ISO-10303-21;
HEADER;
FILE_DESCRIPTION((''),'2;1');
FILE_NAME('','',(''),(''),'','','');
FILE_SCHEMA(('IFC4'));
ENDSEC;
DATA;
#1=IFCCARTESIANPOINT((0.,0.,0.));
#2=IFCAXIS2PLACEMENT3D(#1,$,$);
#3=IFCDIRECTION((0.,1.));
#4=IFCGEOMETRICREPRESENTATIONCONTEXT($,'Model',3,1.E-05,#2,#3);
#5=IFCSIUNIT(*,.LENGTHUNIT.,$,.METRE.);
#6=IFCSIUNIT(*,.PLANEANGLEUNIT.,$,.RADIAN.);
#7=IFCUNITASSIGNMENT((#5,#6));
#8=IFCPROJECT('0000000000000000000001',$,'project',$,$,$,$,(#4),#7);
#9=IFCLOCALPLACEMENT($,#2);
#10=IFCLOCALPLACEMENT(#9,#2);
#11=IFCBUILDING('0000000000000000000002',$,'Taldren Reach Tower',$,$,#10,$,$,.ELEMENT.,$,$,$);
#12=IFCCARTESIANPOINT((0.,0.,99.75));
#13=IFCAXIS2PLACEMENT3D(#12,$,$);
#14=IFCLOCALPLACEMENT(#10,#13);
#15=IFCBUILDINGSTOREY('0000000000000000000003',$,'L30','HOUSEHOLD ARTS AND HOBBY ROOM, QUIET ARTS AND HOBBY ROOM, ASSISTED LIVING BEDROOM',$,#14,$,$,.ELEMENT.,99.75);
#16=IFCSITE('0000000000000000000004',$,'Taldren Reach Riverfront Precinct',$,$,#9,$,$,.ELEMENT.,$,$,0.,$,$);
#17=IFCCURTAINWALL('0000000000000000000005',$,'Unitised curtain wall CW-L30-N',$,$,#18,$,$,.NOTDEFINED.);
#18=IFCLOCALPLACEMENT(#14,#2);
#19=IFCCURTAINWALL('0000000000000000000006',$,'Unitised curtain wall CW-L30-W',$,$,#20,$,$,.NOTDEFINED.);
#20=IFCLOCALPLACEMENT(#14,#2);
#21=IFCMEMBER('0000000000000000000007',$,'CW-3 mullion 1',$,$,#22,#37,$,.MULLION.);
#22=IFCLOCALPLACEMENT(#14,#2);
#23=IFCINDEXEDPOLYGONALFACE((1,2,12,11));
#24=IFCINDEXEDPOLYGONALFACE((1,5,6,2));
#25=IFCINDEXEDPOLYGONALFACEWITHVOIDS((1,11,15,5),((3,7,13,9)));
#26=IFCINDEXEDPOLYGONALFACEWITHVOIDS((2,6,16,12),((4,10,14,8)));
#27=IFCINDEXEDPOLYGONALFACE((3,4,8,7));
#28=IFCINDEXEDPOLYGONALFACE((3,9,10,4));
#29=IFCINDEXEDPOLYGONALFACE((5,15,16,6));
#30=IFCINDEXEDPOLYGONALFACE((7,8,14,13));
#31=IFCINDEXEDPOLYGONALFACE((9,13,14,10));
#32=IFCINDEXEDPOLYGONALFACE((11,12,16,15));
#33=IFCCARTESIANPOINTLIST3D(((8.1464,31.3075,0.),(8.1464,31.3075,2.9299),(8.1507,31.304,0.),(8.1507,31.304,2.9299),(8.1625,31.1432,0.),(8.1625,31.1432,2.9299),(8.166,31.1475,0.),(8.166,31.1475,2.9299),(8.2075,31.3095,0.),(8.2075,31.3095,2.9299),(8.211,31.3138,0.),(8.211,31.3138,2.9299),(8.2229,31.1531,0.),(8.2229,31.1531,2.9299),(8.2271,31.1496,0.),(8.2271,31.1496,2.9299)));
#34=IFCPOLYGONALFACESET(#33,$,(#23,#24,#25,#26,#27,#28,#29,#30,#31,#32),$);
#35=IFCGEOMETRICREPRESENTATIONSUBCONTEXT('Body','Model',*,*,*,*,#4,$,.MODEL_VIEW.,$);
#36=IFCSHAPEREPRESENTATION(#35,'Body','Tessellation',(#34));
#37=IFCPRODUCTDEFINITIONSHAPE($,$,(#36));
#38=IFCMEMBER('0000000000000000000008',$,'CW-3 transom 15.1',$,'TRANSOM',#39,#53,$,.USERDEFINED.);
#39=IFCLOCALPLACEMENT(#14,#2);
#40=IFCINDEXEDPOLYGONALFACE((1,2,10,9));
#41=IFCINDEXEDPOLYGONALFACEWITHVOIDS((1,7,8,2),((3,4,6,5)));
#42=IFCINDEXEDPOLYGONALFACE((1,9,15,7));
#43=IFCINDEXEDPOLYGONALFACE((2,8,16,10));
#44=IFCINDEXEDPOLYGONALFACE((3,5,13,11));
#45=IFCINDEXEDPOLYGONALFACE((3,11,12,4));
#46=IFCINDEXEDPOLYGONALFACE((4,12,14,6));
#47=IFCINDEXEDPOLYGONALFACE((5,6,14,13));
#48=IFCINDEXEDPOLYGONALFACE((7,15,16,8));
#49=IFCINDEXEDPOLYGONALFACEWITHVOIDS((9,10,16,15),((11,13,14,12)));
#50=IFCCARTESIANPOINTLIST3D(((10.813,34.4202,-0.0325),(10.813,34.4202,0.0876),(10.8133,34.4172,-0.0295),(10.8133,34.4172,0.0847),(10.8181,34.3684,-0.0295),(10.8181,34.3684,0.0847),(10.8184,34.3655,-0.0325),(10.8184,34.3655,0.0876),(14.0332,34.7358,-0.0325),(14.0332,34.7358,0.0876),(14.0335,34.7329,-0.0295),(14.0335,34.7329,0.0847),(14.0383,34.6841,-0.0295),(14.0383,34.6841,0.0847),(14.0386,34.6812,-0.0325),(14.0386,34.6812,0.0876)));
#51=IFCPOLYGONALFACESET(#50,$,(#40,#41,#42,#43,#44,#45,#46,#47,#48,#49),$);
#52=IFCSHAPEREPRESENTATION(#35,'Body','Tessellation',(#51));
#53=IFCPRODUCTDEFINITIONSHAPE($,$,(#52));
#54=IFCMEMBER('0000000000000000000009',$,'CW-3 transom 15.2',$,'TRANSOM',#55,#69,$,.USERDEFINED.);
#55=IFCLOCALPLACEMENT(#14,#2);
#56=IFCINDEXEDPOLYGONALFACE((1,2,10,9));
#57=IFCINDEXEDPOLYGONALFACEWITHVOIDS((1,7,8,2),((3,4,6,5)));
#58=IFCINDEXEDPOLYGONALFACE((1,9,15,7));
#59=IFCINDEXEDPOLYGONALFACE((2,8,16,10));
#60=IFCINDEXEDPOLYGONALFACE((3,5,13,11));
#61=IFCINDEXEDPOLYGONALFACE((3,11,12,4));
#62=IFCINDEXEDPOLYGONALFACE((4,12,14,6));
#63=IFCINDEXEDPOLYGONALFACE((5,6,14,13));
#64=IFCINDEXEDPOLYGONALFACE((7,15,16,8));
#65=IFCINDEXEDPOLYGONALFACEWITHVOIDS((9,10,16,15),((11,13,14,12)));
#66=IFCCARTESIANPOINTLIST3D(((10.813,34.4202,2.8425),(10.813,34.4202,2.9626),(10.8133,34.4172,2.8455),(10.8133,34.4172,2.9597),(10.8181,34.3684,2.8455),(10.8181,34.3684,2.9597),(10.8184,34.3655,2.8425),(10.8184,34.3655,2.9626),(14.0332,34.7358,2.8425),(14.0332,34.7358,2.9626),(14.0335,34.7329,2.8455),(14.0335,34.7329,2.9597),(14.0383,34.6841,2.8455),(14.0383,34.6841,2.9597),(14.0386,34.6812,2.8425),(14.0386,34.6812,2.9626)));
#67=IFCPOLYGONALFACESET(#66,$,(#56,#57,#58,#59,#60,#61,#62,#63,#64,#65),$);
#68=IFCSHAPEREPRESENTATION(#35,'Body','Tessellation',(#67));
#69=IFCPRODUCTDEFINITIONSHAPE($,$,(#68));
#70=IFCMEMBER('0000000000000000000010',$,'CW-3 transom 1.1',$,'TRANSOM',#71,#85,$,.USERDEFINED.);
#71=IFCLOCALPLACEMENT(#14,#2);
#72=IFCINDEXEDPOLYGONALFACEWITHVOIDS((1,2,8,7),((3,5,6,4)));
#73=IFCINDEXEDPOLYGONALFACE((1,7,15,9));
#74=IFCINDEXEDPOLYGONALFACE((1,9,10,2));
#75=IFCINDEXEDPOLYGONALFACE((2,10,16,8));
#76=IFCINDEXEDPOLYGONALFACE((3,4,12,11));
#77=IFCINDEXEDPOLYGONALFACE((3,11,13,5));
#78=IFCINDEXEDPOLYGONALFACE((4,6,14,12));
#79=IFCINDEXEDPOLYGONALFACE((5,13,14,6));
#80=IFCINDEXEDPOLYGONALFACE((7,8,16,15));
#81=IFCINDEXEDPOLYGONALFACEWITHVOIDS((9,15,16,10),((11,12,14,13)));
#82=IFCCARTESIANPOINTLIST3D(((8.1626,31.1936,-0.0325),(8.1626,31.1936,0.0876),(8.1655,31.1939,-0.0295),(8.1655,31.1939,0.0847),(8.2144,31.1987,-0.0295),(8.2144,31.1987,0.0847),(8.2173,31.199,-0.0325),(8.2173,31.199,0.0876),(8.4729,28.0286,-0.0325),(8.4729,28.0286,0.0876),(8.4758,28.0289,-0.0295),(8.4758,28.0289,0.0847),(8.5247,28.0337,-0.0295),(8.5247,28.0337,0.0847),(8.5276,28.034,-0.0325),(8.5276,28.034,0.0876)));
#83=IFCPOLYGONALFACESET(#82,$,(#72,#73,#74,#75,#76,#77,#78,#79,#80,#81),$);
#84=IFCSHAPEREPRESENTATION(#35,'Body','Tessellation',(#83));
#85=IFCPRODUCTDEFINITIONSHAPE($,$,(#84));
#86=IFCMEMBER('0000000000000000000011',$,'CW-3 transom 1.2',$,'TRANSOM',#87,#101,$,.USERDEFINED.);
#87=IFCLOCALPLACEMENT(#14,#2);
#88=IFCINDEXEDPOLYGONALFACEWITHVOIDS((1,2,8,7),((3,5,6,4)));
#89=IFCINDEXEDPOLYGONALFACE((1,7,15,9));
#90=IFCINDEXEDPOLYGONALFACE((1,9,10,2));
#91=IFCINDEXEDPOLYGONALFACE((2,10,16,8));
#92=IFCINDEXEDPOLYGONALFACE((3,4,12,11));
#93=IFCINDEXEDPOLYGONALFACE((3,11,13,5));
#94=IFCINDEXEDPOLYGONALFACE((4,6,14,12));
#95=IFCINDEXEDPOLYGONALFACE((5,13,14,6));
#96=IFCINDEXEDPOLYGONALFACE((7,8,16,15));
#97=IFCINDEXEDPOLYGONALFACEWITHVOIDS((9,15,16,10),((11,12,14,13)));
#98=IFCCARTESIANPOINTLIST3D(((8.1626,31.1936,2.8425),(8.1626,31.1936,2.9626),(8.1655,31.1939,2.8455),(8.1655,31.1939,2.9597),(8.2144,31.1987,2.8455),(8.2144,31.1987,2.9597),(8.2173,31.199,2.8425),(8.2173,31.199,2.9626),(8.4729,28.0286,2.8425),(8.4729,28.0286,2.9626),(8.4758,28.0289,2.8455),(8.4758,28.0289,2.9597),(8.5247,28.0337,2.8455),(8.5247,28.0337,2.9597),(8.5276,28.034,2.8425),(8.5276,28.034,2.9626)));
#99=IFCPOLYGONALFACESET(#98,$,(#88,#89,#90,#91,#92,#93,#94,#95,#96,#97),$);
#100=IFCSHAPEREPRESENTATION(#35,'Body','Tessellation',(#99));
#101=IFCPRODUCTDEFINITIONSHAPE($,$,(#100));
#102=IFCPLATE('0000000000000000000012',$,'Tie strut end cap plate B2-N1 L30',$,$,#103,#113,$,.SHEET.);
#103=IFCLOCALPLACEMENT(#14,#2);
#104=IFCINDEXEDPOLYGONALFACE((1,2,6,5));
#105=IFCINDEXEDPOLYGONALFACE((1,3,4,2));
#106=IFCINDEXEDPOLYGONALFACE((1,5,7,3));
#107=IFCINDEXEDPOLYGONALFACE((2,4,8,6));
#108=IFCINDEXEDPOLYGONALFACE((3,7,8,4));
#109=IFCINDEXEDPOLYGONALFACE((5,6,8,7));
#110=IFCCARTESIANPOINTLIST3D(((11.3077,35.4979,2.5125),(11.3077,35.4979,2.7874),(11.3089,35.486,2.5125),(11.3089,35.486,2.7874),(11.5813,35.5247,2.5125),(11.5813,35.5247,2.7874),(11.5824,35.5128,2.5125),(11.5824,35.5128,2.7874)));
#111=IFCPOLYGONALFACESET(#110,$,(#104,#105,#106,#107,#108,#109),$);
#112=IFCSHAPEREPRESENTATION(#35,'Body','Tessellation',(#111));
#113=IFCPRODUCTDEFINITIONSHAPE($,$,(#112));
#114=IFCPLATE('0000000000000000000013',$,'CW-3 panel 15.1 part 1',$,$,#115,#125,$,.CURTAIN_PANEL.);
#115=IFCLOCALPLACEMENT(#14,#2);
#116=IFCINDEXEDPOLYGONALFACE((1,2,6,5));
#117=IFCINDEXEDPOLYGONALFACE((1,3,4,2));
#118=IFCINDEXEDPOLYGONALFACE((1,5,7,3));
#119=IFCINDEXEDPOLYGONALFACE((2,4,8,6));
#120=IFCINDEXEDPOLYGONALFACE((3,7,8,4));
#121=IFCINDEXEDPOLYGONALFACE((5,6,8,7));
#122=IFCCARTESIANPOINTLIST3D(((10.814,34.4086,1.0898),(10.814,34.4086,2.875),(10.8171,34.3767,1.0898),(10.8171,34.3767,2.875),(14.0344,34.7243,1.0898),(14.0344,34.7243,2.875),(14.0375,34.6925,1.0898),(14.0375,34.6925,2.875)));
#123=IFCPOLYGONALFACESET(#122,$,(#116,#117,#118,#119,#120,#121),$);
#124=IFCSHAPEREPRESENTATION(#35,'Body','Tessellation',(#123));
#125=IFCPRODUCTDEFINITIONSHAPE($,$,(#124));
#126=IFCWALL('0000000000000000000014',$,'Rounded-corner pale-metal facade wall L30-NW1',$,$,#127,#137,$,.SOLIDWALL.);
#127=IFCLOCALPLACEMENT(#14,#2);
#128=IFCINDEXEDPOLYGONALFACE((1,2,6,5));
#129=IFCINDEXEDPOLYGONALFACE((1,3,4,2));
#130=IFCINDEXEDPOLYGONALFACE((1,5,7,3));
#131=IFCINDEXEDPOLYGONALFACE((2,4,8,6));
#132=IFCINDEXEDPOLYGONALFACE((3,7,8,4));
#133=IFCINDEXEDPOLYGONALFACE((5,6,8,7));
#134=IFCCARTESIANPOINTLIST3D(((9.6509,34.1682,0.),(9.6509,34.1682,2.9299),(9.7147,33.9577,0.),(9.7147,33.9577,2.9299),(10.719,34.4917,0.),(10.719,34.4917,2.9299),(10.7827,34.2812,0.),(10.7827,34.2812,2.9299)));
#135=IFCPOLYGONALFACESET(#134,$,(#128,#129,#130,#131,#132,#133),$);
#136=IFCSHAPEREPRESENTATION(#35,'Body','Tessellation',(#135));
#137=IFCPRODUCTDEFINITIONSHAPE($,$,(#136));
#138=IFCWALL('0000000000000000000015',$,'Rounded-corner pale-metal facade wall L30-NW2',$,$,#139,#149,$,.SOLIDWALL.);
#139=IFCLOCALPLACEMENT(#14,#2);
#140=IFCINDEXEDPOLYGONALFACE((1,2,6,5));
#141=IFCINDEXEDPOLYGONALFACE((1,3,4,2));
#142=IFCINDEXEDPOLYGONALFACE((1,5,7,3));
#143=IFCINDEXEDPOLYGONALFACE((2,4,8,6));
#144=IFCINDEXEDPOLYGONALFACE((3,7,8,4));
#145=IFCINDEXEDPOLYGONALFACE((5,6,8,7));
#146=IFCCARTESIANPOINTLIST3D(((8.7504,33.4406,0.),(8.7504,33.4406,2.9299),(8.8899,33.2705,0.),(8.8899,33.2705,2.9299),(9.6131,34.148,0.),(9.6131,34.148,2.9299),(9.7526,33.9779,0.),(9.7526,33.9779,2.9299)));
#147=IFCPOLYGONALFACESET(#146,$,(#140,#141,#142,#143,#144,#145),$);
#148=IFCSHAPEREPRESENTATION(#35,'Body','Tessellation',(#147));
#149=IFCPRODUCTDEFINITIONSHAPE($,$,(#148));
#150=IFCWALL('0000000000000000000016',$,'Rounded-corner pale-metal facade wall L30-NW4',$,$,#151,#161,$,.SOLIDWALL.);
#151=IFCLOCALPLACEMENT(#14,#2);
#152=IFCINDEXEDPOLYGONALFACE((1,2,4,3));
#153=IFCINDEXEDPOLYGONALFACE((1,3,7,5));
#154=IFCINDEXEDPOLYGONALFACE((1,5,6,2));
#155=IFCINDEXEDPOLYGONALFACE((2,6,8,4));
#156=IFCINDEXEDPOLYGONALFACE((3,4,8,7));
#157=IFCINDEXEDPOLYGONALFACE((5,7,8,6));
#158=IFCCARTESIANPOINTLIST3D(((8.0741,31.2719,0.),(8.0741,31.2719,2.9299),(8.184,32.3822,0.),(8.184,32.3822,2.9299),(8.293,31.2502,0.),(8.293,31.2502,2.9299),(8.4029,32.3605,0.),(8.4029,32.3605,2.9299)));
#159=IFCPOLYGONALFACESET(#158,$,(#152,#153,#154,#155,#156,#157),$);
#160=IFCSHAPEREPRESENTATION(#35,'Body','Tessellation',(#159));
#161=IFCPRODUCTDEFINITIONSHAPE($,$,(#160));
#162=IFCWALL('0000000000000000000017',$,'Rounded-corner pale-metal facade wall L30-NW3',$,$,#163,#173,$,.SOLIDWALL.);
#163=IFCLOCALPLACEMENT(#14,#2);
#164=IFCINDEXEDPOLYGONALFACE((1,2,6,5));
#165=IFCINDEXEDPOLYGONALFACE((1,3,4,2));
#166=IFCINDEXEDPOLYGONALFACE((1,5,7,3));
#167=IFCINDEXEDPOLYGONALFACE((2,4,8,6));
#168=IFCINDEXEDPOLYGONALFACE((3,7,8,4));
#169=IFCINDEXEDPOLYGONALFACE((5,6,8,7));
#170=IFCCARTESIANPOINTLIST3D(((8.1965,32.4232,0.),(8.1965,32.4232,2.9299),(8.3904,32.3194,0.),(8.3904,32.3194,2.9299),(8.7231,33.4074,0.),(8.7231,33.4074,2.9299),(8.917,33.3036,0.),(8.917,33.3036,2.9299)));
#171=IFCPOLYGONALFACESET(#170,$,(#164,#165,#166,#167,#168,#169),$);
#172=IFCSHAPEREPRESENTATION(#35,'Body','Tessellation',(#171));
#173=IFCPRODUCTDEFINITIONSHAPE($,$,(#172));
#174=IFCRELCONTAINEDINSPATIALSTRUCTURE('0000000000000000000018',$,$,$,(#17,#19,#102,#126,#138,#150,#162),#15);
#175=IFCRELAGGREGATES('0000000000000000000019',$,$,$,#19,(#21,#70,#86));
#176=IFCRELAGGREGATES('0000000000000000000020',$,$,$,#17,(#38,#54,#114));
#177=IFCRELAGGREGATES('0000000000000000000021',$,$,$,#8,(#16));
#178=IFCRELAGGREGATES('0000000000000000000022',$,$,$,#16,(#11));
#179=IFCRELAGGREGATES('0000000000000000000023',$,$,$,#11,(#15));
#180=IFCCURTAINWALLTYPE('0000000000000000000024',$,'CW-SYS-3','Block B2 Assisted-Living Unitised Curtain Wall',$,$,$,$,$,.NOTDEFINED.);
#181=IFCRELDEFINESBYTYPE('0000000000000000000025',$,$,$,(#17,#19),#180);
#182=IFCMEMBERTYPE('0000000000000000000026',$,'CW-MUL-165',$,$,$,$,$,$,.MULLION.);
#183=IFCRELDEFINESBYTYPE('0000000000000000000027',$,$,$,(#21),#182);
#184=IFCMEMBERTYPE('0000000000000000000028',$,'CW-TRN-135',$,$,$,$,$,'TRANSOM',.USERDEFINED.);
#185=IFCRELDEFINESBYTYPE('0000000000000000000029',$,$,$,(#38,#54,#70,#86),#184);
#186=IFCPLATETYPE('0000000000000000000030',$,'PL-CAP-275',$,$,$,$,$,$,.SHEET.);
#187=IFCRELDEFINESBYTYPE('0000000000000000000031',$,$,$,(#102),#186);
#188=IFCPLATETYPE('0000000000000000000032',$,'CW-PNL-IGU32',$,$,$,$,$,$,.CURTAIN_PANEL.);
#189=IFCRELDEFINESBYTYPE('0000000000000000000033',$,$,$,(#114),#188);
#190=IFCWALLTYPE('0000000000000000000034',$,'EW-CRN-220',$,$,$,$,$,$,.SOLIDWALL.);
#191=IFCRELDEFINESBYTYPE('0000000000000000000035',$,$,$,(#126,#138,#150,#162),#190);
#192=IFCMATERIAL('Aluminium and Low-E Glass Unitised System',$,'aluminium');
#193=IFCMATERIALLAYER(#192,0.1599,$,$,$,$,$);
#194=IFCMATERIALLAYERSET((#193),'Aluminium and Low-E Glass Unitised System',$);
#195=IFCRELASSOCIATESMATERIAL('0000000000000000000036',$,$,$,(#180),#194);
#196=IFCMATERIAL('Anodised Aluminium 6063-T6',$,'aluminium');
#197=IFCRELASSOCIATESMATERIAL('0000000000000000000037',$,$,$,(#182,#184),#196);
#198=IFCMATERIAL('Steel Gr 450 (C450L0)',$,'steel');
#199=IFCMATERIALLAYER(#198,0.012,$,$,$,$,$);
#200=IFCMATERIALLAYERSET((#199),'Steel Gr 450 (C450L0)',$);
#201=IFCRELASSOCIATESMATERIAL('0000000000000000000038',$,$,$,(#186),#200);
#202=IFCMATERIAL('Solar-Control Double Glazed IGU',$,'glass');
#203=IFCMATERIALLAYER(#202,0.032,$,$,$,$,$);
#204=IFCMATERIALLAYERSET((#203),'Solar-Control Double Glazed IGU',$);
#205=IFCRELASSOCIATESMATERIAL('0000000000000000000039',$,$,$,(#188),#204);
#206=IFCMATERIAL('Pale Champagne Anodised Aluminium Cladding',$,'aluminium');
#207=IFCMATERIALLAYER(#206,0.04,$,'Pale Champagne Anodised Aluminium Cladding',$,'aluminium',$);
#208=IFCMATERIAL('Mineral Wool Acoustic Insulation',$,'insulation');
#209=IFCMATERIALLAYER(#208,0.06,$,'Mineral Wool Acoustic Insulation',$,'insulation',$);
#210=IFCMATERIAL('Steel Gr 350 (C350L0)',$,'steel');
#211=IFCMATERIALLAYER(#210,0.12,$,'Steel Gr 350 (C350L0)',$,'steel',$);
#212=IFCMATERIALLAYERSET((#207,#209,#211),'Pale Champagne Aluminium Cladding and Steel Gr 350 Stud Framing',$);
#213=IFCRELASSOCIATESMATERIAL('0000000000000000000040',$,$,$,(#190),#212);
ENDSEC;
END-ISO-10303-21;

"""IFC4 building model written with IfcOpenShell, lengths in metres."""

from ifc_helpers import new_model, si_unit, direction, frame, frame_2d, origin, origin_2d, place, context, subcontext, project, spatial, rectangle, hollow_rectangle, extrude, source, transform, mapped, material, layer, layer_set, material_profile, profile_set, type_object, element, aggregate, save


model = new_model("IFC4")

# Units and contexts
model_context = context("Model", 3, precision=1e-05, world=origin(), true_north=direction((0.0, 1.0)))
body_context = subcontext(model_context, "Body", "Model", "MODEL_VIEW")
ifc_project = project(units=[si_unit("LENGTHUNIT", "METRE"), si_unit("PLANEANGLEUNIT", "RADIAN")], contexts=[model_context])

# Site, building, storey
site_placement = place(None, origin())
site = spatial("IfcSite", under=ifc_project, at=site_placement, Name="Taldren Reach Riverfront Precinct", CompositionType="ELEMENT", RefElevation=0.0)
building_placement = place(site_placement, origin())
building = spatial("IfcBuilding", under=site, at=building_placement, Name="Taldren Reach Tower", CompositionType="ELEMENT")
storey_placement = place(building_placement, frame((0.0, 0.0, 99.75)))
storey = spatial("IfcBuildingStorey", under=building, at=storey_placement, Name="L30", Description="HOUSEHOLD ARTS AND HOBBY ROOM, QUIET ARTS AND HOBBY ROOM, ASSISTED LIVING BEDROOM", CompositionType="ELEMENT", Elevation=99.75)

# Shared definitions
ifc_material_1 = material(Name="Steel Gr 450 (C450L0)", Category="steel")
ifc_material_2 = material(Name="Steel Gr 350 (C350L0)", Category="steel")

# Curtain wall
ifc_material_3 = material(Name="Aluminium and Low-E Glass Unitised System", Category="aluminium")
ifc_layer_1 = layer(ifc_material_3, 0.1599)
ifc_layer_set_1 = layer_set([ifc_layer_1], Name="Aluminium and Low-E Glass Unitised System")
curtain_wall_type = type_object("IfcCurtainWallType", Name="CW-SYS-3", Description="Block B2 Assisted-Living Unitised Curtain Wall", PredefinedType="NOTDEFINED", material=ifc_layer_set_1)
curtain_wall_1_placement = place(storey_placement, origin())
curtain_wall_1 = element("IfcCurtainWall", 1, at=curtain_wall_1_placement, inside=storey, type_object=curtain_wall_type, Name="Unitised curtain wall CW-L30-N", PredefinedType="NOTDEFINED")
ifc_material_4 = material(Name="Anodised Aluminium 6063-T6", Category="aluminium")
ifc_material_profile_1 = material_profile(ifc_material_4, hollow_rectangle(XDim=0.0649, YDim=0.165, WallThickness=0.0039, at=origin_2d()), Name="ALU-165x65x4RHS")
ifc_profile_set_1 = profile_set([ifc_material_profile_1], Name="Anodised Aluminium 6063-T6")
member_type_1 = type_object("IfcMemberType", Name="CW-MUL-165", PredefinedType="MULLION", material=ifc_profile_set_1)
shared_shape_1 = source(origin(), body_context, "Body", "SweptSolid", [
    extrude(hollow_rectangle(XDim=0.0649, YDim=0.165, WallThickness=0.0039, at=origin_2d()), origin(), (0.0, 0.0, 1.0), 2.9299),
])

# Curtain wall, member
curtain_wall_2_placement = place(storey_placement, origin())
curtain_wall_2 = element("IfcCurtainWall", 2, at=curtain_wall_2_placement, inside=storey, type_object=curtain_wall_type, Name="Unitised curtain wall CW-L30-W", PredefinedType="NOTDEFINED")
member_1_placement = place(storey_placement, frame((8.1868, 31.2285, 0.0), z_axis=(0.0, 0.0, 1.0), x_axis=(0.995227, 0.097583, 0.0)))
member_1 = element("IfcMember", 3, at=member_1_placement, type_object=member_type_1, Name="CW-3 mullion 1", PredefinedType="MULLION", context=body_context, shape_type="MappedRepresentation", body=[
    mapped(shared_shape_1, transform((0.0, 0.0, 0.0), scale=1.0)),
])

# Members
ifc_material_profile_2 = material_profile(ifc_material_4, hollow_rectangle(XDim=0.0549, YDim=0.1201, WallThickness=0.0029, at=origin_2d()), Name="ALU-120x55x3RHS")
ifc_profile_set_2 = profile_set([ifc_material_profile_2], Name="Anodised Aluminium 6063-T6")
member_type_2 = type_object("IfcMemberType", Name="CW-TRN-135", ElementType="TRANSOM", PredefinedType="USERDEFINED", material=ifc_profile_set_2)
shared_shape_2 = source(origin(), body_context, "Body", "SweptSolid", [
    extrude(hollow_rectangle(XDim=0.0549, YDim=0.1201, WallThickness=0.0029, at=origin_2d()), origin(), (0.0, 0.0, 1.0), 3.2356),
])
member_2_placement = place(storey_placement, frame((14.0359, 34.7085, 0.0276), z_axis=(-0.99523, -0.097561, 0.0), x_axis=(0.097561, -0.99523, 0.0)))
member_2 = element("IfcMember", 4, at=member_2_placement, type_object=member_type_2, Name="CW-3 transom 15.1", ObjectType="TRANSOM", PredefinedType="USERDEFINED", context=body_context, shape_type="MappedRepresentation", body=[
    mapped(shared_shape_2, transform((0.0, 0.0, 0.0), scale=1.0)),
])
member_3_placement = place(storey_placement, frame((14.0359, 34.7085, 2.9026), z_axis=(-0.99523, -0.097561, 0.0), x_axis=(0.097561, -0.99523, 0.0)))
member_3 = element("IfcMember", 5, at=member_3_placement, type_object=member_type_2, Name="CW-3 transom 15.2", ObjectType="TRANSOM", PredefinedType="USERDEFINED", context=body_context, shape_type="MappedRepresentation", body=[
    mapped(shared_shape_2, transform((0.0, 0.0, 0.0), scale=1.0)),
])
shared_shape_3 = source(origin(), body_context, "Body", "SweptSolid", [
    extrude(hollow_rectangle(XDim=0.0549, YDim=0.1201, WallThickness=0.0029, at=origin_2d()), origin(), (0.0, 0.0, 1.0), 3.1802),
])
member_4_placement = place(storey_placement, frame((8.1899, 31.1963, 0.0276), z_axis=(0.097573, -0.995228, 0.0), x_axis=(0.995228, 0.097573, 0.0)))
member_4 = element("IfcMember", 6, at=member_4_placement, type_object=member_type_2, Name="CW-3 transom 1.1", ObjectType="TRANSOM", PredefinedType="USERDEFINED", context=body_context, shape_type="MappedRepresentation", body=[
    mapped(shared_shape_3, transform((0.0, 0.0, 0.0), scale=1.0)),
])
member_5_placement = place(storey_placement, frame((8.1899, 31.1963, 2.9026), z_axis=(0.097573, -0.995228, 0.0), x_axis=(0.995228, 0.097573, 0.0)))
member_5 = element("IfcMember", 7, at=member_5_placement, type_object=member_type_2, Name="CW-3 transom 1.2", ObjectType="TRANSOM", PredefinedType="USERDEFINED", context=body_context, shape_type="MappedRepresentation", body=[
    mapped(shared_shape_3, transform((0.0, 0.0, 0.0), scale=1.0)),
])
aggregate(curtain_wall_2, [member_1, member_4, member_5])

# Plates
ifc_layer_2 = layer(ifc_material_1, 0.012)
ifc_layer_set_2 = layer_set([ifc_layer_2], Name="Steel Gr 450 (C450L0)")
plate_type_1 = type_object("IfcPlateType", Name="PL-CAP-275", PredefinedType="SHEET", material=ifc_layer_set_2)
shared_shape_4 = source(origin(), body_context, "Body", "SweptSolid", [
    extrude(rectangle(XDim=0.2749, YDim=0.012, at=origin_2d()), origin(), (0.0, 0.0, 1.0), 0.2749),
])
plate_1_placement = place(storey_placement, frame((11.4451, 35.5054, 2.5125), z_axis=(0.0, 0.0, 1.0), x_axis=(0.995227, 0.097583, 0.0)))
element("IfcPlate", 8, at=plate_1_placement, inside=storey, type_object=plate_type_1, Name="Tie strut end cap plate B2-N1 L30", PredefinedType="SHEET", context=body_context, shape_type="MappedRepresentation", body=[
    mapped(shared_shape_4, transform((0.0, 0.0, 0.0), scale=1.0)),
])
ifc_material_5 = material(Name="Solar-Control Double Glazed IGU", Category="glass")
ifc_layer_3 = layer(ifc_material_5, 0.032)
ifc_layer_set_3 = layer_set([ifc_layer_3], Name="Solar-Control Double Glazed IGU")
plate_type_2 = type_object("IfcPlateType", Name="CW-PNL-IGU32", PredefinedType="CURTAIN_PANEL", material=ifc_layer_set_3)
shared_shape_5 = source(origin(), body_context, "Body", "SweptSolid", [
    extrude(rectangle(XDim=3.2358, YDim=0.032, at=origin_2d()), origin(), (0.0, 0.0, 1.0), 1.7852),
])
plate_2_placement = place(storey_placement, frame((12.4258, 34.5505, 1.0898), z_axis=(0.0, 0.0, 1.0), x_axis=(-0.995227, -0.097583, 0.0)))
plate_2 = element("IfcPlate", 9, at=plate_2_placement, type_object=plate_type_2, Name="CW-3 panel 15.1 part 1", PredefinedType="CURTAIN_PANEL", context=body_context, shape_type="MappedRepresentation", body=[
    mapped(shared_shape_5, transform((0.0, 0.0, 0.0), scale=1.0)),
])
aggregate(curtain_wall_1, [member_2, member_3, plate_2])

# Walls
ifc_material_6 = material(Name="Pale Champagne Anodised Aluminium Cladding", Category="aluminium")
ifc_layer_4 = layer(ifc_material_6, 0.04, Name="Pale Champagne Anodised Aluminium Cladding", Category="aluminium")
ifc_material_7 = material(Name="Mineral Wool Acoustic Insulation", Category="insulation")
ifc_layer_5 = layer(ifc_material_7, 0.06, Name="Mineral Wool Acoustic Insulation", Category="insulation")
ifc_layer_6 = layer(ifc_material_2, 0.12, Name="Steel Gr 350 (C350L0)", Category="steel")
ifc_layer_set_4 = layer_set([ifc_layer_4, ifc_layer_5, ifc_layer_6], Name="Pale Champagne Aluminium Cladding and Steel Gr 350 Stud Framing")
wall_type = type_object("IfcWallType", Name="EW-CRN-220", PredefinedType="SOLIDWALL", material=ifc_layer_set_4)
shared_shape_6 = source(origin(), body_context, "Body", "SweptSolid", [
    extrude(rectangle(XDim=1.116, YDim=0.22, at=frame_2d((0.5581, 0.0))), origin(), (0.0, 0.0, 1.0), 2.9299),
])
wall_1_placement = place(storey_placement, frame((10.751, 34.3865, 0.0), z_axis=(0.0, 0.0, 1.0), x_axis=(-0.95707, -0.289856, 0.0)))
element("IfcWall", 10, at=wall_1_placement, inside=storey, type_object=wall_type, Name="Rounded-corner pale-metal facade wall L30-NW1", PredefinedType="SOLIDWALL", context=body_context, shape_type="MappedRepresentation", body=[
    mapped(shared_shape_6, transform((0.0, 0.0, 0.0), scale=1.0)),
])
shared_shape_7 = source(origin(), body_context, "Body", "SweptSolid", [
    extrude(rectangle(XDim=1.1157, YDim=0.22, at=frame_2d((0.5579, 0.0))), origin(), (0.0, 0.0, 1.0), 2.9299),
])
for number, where, z_axis, x_axis, name in (
    (11, (9.6829, 34.063, 0.0), (0.0, 0.0, 1.0), (-0.773255, -0.634095, 0.0), "Rounded-corner pale-metal facade wall L30-NW2"),
    (12, (8.2935, 32.3713, 0.0), (0.0, 0.0, 1.0), (-0.098464, -0.995141, 0.0), "Rounded-corner pale-metal facade wall L30-NW4"),
):
    element("IfcWall", number, at=place(storey_placement, frame(where, z_axis=z_axis, x_axis=x_axis)), inside=storey, type_object=wall_type, Name=name, PredefinedType="SOLIDWALL", context=body_context, shape_type="MappedRepresentation", body=[
        mapped(shared_shape_7, transform((0.0, 0.0, 0.0), scale=1.0)),
    ])
shared_shape_8 = source(origin(), body_context, "Body", "SweptSolid", [
    extrude(rectangle(XDim=1.1162, YDim=0.22, at=frame_2d((0.5581, 0.0))), origin(), (0.0, 0.0, 1.0), 2.9299),
])
wall_2_placement = place(storey_placement, frame((8.8201, 33.3555, 0.0), z_axis=(0.0, 0.0, 1.0), x_axis=(-0.471803, -0.881704, 0.0)))
element("IfcWall", 13, at=wall_2_placement, inside=storey, type_object=wall_type, Name="Rounded-corner pale-metal facade wall L30-NW3", PredefinedType="SOLIDWALL", context=body_context, shape_type="MappedRepresentation", body=[
    mapped(shared_shape_8, transform((0.0, 0.0, 0.0), scale=1.0)),
])

save(model, "model.ifc")
